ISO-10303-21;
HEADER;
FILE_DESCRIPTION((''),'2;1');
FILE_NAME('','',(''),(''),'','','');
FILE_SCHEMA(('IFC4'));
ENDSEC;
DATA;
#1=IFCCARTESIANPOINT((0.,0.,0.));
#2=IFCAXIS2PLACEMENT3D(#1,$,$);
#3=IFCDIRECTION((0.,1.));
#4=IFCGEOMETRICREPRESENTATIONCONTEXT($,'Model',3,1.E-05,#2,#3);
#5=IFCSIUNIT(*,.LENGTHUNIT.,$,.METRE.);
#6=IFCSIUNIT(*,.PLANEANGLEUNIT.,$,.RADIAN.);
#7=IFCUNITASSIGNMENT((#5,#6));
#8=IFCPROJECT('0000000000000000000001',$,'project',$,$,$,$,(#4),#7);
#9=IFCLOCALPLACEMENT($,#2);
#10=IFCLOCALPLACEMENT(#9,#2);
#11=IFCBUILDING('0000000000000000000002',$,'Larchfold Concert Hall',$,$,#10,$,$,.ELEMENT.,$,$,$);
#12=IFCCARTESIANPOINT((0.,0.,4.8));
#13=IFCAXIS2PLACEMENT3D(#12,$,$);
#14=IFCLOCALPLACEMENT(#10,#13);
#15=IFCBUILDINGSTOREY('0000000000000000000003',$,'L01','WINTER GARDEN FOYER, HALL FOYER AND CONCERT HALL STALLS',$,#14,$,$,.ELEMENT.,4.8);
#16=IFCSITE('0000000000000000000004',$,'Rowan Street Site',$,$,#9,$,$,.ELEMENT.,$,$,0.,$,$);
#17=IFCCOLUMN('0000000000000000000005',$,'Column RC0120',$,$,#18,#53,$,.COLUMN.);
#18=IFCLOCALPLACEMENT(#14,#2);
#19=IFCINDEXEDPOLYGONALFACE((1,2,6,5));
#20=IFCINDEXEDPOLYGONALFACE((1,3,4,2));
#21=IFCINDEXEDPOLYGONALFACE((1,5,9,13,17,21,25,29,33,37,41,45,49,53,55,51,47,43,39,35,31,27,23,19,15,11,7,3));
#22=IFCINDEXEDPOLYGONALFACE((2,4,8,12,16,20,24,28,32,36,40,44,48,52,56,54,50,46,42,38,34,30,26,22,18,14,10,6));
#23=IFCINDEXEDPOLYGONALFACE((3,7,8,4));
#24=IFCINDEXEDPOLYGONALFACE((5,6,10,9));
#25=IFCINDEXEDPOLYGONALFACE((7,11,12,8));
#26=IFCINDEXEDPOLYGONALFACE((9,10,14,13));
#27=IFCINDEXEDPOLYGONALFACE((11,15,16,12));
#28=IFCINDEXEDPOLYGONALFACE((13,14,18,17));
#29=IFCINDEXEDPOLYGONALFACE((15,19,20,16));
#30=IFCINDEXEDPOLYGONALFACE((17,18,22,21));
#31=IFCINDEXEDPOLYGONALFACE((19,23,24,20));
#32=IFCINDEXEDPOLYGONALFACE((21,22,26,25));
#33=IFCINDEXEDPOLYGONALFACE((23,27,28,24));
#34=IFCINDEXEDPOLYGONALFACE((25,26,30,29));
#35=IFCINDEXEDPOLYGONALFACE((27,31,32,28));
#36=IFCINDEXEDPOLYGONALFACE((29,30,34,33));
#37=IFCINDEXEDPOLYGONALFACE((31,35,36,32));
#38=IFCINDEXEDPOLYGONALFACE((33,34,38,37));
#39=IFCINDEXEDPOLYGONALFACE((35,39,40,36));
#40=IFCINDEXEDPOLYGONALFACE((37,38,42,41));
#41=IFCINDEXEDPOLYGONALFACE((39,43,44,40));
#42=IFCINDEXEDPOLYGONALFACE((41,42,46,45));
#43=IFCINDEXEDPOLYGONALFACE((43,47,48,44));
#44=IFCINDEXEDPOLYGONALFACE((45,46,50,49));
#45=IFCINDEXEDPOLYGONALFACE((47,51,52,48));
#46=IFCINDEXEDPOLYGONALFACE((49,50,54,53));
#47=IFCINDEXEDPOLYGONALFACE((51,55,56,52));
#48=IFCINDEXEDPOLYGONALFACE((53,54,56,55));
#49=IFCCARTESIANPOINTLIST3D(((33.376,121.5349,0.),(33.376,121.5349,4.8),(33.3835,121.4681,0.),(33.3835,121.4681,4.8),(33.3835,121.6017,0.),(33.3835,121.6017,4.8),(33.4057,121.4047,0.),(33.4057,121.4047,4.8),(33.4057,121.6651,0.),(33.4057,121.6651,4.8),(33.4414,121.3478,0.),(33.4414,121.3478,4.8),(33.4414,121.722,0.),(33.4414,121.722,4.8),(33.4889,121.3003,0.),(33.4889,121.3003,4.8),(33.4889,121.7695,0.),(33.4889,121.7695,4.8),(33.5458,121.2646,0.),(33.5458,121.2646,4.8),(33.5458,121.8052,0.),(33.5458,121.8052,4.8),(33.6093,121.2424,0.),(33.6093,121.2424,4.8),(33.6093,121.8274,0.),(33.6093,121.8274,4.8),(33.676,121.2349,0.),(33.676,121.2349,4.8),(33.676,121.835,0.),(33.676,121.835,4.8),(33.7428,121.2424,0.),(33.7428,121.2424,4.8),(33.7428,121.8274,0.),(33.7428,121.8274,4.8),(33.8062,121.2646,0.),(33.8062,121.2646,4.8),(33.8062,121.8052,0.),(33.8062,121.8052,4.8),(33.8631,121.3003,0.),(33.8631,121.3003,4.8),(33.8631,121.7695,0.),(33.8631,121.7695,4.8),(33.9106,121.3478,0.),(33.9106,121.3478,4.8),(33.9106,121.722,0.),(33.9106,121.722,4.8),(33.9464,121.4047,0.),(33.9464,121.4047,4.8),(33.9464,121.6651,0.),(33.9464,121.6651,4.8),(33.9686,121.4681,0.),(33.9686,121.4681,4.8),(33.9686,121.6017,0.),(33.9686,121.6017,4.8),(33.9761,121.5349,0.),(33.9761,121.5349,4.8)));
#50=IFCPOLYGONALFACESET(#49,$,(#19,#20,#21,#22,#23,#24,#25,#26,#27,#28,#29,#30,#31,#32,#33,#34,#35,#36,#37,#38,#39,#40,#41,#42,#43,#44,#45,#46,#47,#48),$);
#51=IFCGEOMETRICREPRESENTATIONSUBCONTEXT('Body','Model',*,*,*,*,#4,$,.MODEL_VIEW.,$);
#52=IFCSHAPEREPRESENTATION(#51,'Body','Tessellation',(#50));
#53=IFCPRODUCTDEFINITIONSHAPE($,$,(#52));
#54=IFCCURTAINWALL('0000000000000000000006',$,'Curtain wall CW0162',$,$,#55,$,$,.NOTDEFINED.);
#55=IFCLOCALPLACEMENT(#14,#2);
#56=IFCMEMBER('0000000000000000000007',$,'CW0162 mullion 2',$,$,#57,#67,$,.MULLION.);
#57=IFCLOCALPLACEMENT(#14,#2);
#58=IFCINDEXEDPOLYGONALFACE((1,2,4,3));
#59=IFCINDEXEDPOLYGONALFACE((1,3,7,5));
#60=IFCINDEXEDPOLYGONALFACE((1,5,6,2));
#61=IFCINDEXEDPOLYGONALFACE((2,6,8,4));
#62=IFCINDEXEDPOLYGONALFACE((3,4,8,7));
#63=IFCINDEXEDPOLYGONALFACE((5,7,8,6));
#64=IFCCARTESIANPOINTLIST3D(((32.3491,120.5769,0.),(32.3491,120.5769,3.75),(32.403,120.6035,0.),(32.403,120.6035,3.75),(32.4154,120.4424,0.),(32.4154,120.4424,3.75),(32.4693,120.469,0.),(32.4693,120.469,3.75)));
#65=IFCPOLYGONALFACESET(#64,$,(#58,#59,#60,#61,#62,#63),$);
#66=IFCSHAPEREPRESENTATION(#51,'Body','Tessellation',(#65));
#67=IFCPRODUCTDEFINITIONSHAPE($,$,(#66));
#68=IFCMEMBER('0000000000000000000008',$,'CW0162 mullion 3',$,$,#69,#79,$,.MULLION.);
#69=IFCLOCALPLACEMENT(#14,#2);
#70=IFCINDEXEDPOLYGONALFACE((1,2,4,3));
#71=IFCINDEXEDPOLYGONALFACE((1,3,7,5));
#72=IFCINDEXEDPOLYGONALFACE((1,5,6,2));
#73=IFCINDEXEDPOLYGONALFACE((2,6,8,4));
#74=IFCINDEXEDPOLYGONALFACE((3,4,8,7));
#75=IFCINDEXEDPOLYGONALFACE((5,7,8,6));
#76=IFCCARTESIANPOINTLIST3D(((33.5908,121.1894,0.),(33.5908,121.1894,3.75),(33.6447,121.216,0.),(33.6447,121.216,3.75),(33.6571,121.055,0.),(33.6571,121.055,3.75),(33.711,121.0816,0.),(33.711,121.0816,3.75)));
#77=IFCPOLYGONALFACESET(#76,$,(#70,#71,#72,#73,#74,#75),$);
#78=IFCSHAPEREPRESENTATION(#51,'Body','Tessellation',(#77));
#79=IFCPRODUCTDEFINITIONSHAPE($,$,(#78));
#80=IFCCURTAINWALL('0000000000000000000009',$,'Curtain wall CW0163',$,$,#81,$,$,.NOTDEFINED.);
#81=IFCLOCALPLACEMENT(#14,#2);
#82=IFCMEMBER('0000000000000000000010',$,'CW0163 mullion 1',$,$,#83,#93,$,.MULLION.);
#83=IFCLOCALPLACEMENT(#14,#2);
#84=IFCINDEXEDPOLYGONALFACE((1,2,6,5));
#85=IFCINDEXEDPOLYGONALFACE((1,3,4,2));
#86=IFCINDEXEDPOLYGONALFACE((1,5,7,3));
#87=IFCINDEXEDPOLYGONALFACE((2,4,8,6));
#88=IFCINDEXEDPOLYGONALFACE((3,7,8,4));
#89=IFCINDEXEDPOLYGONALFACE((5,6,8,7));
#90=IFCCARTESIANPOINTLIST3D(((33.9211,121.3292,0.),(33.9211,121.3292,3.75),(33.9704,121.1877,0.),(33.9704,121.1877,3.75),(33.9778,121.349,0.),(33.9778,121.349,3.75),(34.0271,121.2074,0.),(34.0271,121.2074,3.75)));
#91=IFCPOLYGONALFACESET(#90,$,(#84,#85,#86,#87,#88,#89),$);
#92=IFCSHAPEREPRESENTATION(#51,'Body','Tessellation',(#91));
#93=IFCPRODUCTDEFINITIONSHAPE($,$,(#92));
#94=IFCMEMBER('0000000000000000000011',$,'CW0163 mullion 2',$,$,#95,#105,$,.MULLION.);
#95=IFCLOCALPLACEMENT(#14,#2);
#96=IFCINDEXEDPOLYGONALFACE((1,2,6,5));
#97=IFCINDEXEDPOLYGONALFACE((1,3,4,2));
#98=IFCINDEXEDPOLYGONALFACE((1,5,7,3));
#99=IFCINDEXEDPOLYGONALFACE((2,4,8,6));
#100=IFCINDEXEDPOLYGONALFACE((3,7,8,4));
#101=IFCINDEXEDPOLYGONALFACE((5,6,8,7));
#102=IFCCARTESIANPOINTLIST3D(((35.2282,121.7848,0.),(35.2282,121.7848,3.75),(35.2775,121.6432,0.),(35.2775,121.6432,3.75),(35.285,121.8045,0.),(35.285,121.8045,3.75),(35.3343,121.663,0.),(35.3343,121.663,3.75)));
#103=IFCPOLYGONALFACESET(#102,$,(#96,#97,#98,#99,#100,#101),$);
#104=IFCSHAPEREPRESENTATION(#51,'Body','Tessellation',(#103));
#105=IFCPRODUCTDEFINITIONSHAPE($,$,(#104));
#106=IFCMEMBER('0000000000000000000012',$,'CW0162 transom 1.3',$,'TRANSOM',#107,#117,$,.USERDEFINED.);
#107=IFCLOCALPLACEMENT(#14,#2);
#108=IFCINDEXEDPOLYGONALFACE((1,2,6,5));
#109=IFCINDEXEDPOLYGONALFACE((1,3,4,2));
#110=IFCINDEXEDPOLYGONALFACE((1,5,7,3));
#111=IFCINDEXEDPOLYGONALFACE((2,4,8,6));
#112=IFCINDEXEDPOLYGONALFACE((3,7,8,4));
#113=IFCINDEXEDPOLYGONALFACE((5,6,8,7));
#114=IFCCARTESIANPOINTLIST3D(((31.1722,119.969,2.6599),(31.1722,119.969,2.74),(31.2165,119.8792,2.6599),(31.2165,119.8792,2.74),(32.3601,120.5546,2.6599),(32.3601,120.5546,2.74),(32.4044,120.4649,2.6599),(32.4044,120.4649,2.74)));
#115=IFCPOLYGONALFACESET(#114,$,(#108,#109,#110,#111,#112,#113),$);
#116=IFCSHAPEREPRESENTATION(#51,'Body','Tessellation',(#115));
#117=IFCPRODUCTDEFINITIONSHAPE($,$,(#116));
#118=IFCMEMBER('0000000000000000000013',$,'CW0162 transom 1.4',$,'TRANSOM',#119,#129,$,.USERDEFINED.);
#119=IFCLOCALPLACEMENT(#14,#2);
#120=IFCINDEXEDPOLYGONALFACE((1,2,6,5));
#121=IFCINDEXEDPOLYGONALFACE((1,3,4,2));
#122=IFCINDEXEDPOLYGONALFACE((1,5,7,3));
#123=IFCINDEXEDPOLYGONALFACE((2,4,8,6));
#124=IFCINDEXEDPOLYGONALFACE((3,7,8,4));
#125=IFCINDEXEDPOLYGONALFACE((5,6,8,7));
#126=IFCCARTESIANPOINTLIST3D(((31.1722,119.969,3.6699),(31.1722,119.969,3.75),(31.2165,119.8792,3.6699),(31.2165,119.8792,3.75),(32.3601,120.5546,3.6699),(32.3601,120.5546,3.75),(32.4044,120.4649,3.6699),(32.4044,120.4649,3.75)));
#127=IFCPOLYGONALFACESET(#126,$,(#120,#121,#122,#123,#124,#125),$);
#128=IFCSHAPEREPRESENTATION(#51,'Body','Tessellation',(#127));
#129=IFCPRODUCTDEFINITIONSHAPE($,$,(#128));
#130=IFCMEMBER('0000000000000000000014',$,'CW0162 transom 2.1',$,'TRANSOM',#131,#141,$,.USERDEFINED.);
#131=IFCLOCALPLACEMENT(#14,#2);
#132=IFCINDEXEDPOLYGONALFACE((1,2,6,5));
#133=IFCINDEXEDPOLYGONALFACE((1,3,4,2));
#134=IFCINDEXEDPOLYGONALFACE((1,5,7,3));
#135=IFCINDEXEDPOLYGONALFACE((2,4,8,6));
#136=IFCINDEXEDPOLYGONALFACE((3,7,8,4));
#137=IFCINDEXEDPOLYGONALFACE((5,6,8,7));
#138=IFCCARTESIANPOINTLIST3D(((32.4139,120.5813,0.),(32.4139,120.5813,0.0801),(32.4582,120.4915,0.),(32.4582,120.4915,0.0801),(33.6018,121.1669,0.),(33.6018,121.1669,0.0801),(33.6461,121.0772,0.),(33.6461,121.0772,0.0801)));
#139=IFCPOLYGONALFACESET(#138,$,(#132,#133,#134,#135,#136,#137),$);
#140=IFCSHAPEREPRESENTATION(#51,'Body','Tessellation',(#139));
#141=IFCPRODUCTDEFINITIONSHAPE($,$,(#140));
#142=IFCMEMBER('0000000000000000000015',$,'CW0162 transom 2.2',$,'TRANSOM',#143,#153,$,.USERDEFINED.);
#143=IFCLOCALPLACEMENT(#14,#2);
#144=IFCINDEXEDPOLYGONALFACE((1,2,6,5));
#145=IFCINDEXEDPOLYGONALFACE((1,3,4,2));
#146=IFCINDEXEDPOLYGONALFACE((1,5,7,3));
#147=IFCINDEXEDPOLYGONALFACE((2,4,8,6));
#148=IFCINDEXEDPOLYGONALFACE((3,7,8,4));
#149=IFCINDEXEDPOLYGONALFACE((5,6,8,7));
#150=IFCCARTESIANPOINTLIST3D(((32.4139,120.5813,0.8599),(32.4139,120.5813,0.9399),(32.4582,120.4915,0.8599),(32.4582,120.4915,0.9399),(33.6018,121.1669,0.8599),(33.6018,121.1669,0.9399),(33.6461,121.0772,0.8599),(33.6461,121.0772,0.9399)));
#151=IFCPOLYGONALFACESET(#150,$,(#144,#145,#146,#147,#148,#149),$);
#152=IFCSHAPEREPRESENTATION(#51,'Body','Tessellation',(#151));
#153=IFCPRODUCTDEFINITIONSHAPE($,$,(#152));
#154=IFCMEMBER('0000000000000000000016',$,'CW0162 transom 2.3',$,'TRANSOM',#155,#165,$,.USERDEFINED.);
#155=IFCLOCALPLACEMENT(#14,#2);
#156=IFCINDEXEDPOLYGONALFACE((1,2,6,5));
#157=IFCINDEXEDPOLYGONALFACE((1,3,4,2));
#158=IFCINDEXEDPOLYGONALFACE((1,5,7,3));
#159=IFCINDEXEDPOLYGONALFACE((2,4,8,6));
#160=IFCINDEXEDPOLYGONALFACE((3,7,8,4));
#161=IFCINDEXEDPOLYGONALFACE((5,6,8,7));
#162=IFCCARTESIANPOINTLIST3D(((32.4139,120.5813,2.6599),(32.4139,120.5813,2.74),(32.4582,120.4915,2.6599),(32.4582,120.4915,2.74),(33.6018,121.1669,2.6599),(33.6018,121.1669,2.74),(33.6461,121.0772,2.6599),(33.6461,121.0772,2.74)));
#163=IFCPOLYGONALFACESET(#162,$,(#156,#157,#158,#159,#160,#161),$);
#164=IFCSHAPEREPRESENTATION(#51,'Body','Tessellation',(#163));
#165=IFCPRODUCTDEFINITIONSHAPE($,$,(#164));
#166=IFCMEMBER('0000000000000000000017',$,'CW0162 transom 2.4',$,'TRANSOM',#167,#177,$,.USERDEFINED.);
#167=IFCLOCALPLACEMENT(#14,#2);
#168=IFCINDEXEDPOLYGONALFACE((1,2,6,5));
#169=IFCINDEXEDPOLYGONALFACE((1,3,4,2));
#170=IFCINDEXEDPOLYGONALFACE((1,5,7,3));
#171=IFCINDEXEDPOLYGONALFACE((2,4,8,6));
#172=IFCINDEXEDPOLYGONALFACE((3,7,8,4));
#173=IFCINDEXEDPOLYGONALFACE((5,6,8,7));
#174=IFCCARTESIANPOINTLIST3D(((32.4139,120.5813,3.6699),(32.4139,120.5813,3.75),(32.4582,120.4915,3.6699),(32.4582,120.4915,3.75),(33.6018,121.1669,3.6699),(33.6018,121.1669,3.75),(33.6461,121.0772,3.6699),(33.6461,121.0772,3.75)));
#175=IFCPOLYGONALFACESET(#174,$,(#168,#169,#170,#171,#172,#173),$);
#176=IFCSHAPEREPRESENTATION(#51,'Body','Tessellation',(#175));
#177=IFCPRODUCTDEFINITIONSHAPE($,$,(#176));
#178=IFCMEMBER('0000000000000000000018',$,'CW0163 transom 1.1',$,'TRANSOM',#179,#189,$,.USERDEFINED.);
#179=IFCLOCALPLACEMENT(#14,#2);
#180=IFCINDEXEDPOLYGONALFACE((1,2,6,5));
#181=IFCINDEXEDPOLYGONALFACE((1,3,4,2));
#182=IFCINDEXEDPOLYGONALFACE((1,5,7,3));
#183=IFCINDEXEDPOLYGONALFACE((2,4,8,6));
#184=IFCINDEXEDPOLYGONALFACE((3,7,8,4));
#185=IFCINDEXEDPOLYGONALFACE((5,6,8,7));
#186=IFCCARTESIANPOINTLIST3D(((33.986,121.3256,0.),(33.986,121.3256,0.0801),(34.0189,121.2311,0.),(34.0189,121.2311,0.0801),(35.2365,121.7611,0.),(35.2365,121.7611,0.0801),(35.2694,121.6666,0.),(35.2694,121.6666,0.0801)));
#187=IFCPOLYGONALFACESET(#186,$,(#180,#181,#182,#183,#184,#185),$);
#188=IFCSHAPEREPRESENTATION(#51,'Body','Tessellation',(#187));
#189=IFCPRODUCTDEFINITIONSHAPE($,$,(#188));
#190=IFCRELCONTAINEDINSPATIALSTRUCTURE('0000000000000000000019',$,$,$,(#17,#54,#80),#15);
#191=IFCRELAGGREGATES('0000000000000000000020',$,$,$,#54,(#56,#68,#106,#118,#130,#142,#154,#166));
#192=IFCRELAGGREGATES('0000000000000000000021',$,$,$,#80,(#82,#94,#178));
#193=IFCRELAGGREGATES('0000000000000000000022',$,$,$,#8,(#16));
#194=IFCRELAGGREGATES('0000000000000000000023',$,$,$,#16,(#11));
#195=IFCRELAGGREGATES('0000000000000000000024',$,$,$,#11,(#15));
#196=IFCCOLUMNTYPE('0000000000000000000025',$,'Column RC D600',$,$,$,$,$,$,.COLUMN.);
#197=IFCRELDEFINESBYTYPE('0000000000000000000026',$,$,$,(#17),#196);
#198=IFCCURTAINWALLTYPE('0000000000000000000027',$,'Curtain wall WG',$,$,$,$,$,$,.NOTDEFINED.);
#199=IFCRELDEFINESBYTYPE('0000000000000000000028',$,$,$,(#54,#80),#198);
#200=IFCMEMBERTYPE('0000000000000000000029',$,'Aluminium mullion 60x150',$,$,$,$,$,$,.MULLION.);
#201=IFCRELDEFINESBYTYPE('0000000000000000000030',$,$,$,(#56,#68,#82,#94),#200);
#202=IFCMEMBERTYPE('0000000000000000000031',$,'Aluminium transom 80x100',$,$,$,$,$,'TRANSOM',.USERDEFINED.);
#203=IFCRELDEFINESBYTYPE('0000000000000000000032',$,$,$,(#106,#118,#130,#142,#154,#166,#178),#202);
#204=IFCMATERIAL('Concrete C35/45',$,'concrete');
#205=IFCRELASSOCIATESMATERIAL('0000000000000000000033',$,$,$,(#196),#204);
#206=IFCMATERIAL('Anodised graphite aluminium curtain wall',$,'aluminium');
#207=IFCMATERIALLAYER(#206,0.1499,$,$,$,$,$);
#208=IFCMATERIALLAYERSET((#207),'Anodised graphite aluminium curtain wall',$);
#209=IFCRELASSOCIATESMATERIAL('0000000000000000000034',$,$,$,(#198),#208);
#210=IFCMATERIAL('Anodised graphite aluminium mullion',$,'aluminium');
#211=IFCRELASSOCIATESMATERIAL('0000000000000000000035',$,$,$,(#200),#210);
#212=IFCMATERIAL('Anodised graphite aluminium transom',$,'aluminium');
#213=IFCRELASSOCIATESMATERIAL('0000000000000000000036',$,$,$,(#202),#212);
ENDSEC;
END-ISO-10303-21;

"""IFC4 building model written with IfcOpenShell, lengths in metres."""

from ifc_helpers import new_model, si_unit, direction, frame, origin, origin_2d, place, context, subcontext, project, spatial, rectangle, circle, extrude, material, layer, layer_set, material_profile, profile_set, type_object, element, aggregate, save


model = new_model("IFC4")

# Units and contexts
model_context = context("Model", 3, precision=1e-05, world=origin(), true_north=direction((0.0, 1.0)))
body_context = subcontext(model_context, "Body", "Model", "MODEL_VIEW")
ifc_project = project(units=[si_unit("LENGTHUNIT", "METRE"), si_unit("PLANEANGLEUNIT", "RADIAN")], contexts=[model_context])

# Site, building, storey
site_placement = place(None, origin())
site = spatial("IfcSite", under=ifc_project, at=site_placement, Name="Rowan Street Site", CompositionType="ELEMENT", RefElevation=0.0)
building_placement = place(site_placement, origin())
building = spatial("IfcBuilding", under=site, at=building_placement, Name="Larchfold Concert Hall", CompositionType="ELEMENT")
storey_placement = place(building_placement, frame((0.0, 0.0, 4.8)))
storey = spatial("IfcBuildingStorey", under=building, at=storey_placement, Name="L01", Description="WINTER GARDEN FOYER, HALL FOYER AND CONCERT HALL STALLS", CompositionType="ELEMENT", Elevation=4.8)

# Column
ifc_material_1 = material(Name="Concrete C35/45", Category="concrete")
ifc_material_profile_1 = material_profile(ifc_material_1, circle(Radius=0.3, at=origin_2d()))
ifc_profile_set_1 = profile_set([ifc_material_profile_1], Name="Concrete C35/45")
column_type = type_object("IfcColumnType", Name="Column RC D600", PredefinedType="COLUMN", material=ifc_profile_set_1)
column_placement = place(storey_placement, frame((33.676, 121.5349, 0.0), z_axis=(0.0, 0.0, 1.0), x_axis=(1.0, 0.0, 0.0)))
element("IfcColumn", 1, at=column_placement, inside=storey, type_object=column_type, Name="Column RC0120", PredefinedType="COLUMN", context=body_context, shape_type="SweptSolid", body=[
    extrude(circle(Radius=0.3, at=origin_2d()), origin(), (0.0, 0.0, 1.0), 4.8),
])

# Curtain walls, members
ifc_material_2 = material(Name="Anodised graphite aluminium curtain wall", Category="aluminium")
ifc_layer_1 = layer(ifc_material_2, 0.1499)
ifc_layer_set_1 = layer_set([ifc_layer_1], Name="Anodised graphite aluminium curtain wall")
curtain_wall_type = type_object("IfcCurtainWallType", Name="Curtain wall WG", PredefinedType="NOTDEFINED", material=ifc_layer_set_1)
curtain_wall_1_placement = place(storey_placement, origin())
curtain_wall_1 = element("IfcCurtainWall", 2, at=curtain_wall_1_placement, inside=storey, type_object=curtain_wall_type, Name="Curtain wall CW0162", PredefinedType="NOTDEFINED")
ifc_material_3 = material(Name="Anodised graphite aluminium mullion", Category="aluminium")
ifc_material_profile_2 = material_profile(ifc_material_3, rectangle(XDim=0.1499, YDim=0.0601, at=origin_2d()))
ifc_profile_set_2 = profile_set([ifc_material_profile_2], Name="Anodised graphite aluminium mullion")
member_type_1 = type_object("IfcMemberType", Name="Aluminium mullion 60x150", PredefinedType="MULLION", material=ifc_profile_set_2)
member_1_placement = place(storey_placement, frame((32.4092, 120.5229, 0.0), z_axis=(0.0, 0.0, 1.0), x_axis=(-0.442305, 0.896865, 0.0)))
member_1 = element("IfcMember", 3, at=member_1_placement, type_object=member_type_1, Name="CW0162 mullion 2", PredefinedType="MULLION", context=body_context, shape_type="SweptSolid", body=[
    extrude(rectangle(XDim=0.1499, YDim=0.0601, at=origin_2d()), origin(), (0.0, 0.0, 1.0), 3.75),
])
member_2_placement = place(storey_placement, frame((33.6509, 121.1355, 0.0), z_axis=(0.0, 0.0, 1.0), x_axis=(-0.442305, 0.896865, 0.0)))
member_2 = element("IfcMember", 4, at=member_2_placement, type_object=member_type_1, Name="CW0162 mullion 3", PredefinedType="MULLION", context=body_context, shape_type="SweptSolid", body=[
    extrude(rectangle(XDim=0.1499, YDim=0.0601, at=origin_2d()), origin(), (0.0, 0.0, 1.0), 3.75),
])
curtain_wall_2_placement = place(storey_placement, origin())
curtain_wall_2 = element("IfcCurtainWall", 5, at=curtain_wall_2_placement, inside=storey, type_object=curtain_wall_type, Name="Curtain wall CW0163", PredefinedType="NOTDEFINED")
member_3_placement = place(storey_placement, frame((33.9741, 121.2683, 0.0), z_axis=(0.0, 0.0, 1.0), x_axis=(-0.328966, 0.944342, 0.0)))
member_3 = element("IfcMember", 6, at=member_3_placement, type_object=member_type_1, Name="CW0163 mullion 1", PredefinedType="MULLION", context=body_context, shape_type="SweptSolid", body=[
    extrude(rectangle(XDim=0.1499, YDim=0.0601, at=origin_2d()), origin(), (0.0, 0.0, 1.0), 3.75),
])
member_4_placement = place(storey_placement, frame((35.2812, 121.7239, 0.0), z_axis=(0.0, 0.0, 1.0), x_axis=(-0.328966, 0.944342, 0.0)))
member_4 = element("IfcMember", 7, at=member_4_placement, type_object=member_type_1, Name="CW0163 mullion 2", PredefinedType="MULLION", context=body_context, shape_type="SweptSolid", body=[
    extrude(rectangle(XDim=0.1499, YDim=0.0601, at=origin_2d()), origin(), (0.0, 0.0, 1.0), 3.75),
])

# Members
ifc_material_4 = material(Name="Anodised graphite aluminium transom", Category="aluminium")
ifc_material_profile_3 = material_profile(ifc_material_4, rectangle(XDim=0.1001, YDim=0.0801, at=origin_2d()))
ifc_profile_set_3 = profile_set([ifc_material_profile_3], Name="Anodised graphite aluminium transom")
member_type_2 = type_object("IfcMemberType", Name="Aluminium transom 80x100", ElementType="TRANSOM", PredefinedType="USERDEFINED", material=ifc_profile_set_3)
member_5_placement = place(storey_placement, frame((31.1943, 119.9241, 2.7), z_axis=(0.89692, 0.442193, 0.0), x_axis=(-0.442193, 0.89692, 0.0)))
member_5 = element("IfcMember", 8, at=member_5_placement, type_object=member_type_2, Name="CW0162 transom 1.3", ObjectType="TRANSOM", PredefinedType="USERDEFINED", context=body_context, shape_type="SweptSolid", body=[
    extrude(rectangle(XDim=0.1001, YDim=0.0801, at=origin_2d()), origin(), (0.0, 0.0, 1.0), 1.3245),
])
member_6_placement = place(storey_placement, frame((31.1943, 119.9241, 3.71), z_axis=(0.89692, 0.442193, 0.0), x_axis=(-0.442193, 0.89692, 0.0)))
member_6 = element("IfcMember", 9, at=member_6_placement, type_object=member_type_2, Name="CW0162 transom 1.4", ObjectType="TRANSOM", PredefinedType="USERDEFINED", context=body_context, shape_type="SweptSolid", body=[
    extrude(rectangle(XDim=0.1001, YDim=0.0801, at=origin_2d()), origin(), (0.0, 0.0, 1.0), 1.3245),
])
member_7_placement = place(storey_placement, frame((32.436, 120.5364, 0.04), z_axis=(0.89692, 0.442193, 0.0), x_axis=(-0.442193, 0.89692, 0.0)))
member_7 = element("IfcMember", 10, at=member_7_placement, type_object=member_type_2, Name="CW0162 transom 2.1", ObjectType="TRANSOM", PredefinedType="USERDEFINED", context=body_context, shape_type="SweptSolid", body=[
    extrude(rectangle(XDim=0.1001, YDim=0.0801, at=origin_2d()), origin(), (0.0, 0.0, 1.0), 1.3245),
])
member_8_placement = place(storey_placement, frame((32.436, 120.5364, 0.8999), z_axis=(0.89692, 0.442193, 0.0), x_axis=(-0.442193, 0.89692, 0.0)))
member_8 = element("IfcMember", 11, at=member_8_placement, type_object=member_type_2, Name="CW0162 transom 2.2", ObjectType="TRANSOM", PredefinedType="USERDEFINED", context=body_context, shape_type="SweptSolid", body=[
    extrude(rectangle(XDim=0.1001, YDim=0.0801, at=origin_2d()), origin(), (0.0, 0.0, 1.0), 1.3245),
])
member_9_placement = place(storey_placement, frame((32.436, 120.5364, 2.7), z_axis=(0.89692, 0.442193, 0.0), x_axis=(-0.442193, 0.89692, 0.0)))
member_9 = element("IfcMember", 12, at=member_9_placement, type_object=member_type_2, Name="CW0162 transom 2.3", ObjectType="TRANSOM", PredefinedType="USERDEFINED", context=body_context, shape_type="SweptSolid", body=[
    extrude(rectangle(XDim=0.1001, YDim=0.0801, at=origin_2d()), origin(), (0.0, 0.0, 1.0), 1.3245),
])
member_10_placement = place(storey_placement, frame((32.436, 120.5364, 3.71), z_axis=(0.89692, 0.442193, 0.0), x_axis=(-0.442193, 0.89692, 0.0)))
member_10 = element("IfcMember", 13, at=member_10_placement, type_object=member_type_2, Name="CW0162 transom 2.4", ObjectType="TRANSOM", PredefinedType="USERDEFINED", context=body_context, shape_type="SweptSolid", body=[
    extrude(rectangle(XDim=0.1001, YDim=0.0801, at=origin_2d()), origin(), (0.0, 0.0, 1.0), 1.3245),
])
member_11_placement = place(storey_placement, frame((34.0024, 121.2783, 0.04), z_axis=(0.944357, 0.328921, 0.0), x_axis=(-0.328921, 0.944357, 0.0)))
member_11 = element("IfcMember", 14, at=member_11_placement, type_object=member_type_2, Name="CW0163 transom 1.1", ObjectType="TRANSOM", PredefinedType="USERDEFINED", context=body_context, shape_type="SweptSolid", body=[
    extrude(rectangle(XDim=0.1001, YDim=0.0801, at=origin_2d()), origin(), (0.0, 0.0, 1.0), 1.3242),
])

aggregate(curtain_wall_1, [member_1, member_2, member_5, member_6, member_7, member_8, member_9, member_10])
aggregate(curtain_wall_2, [member_3, member_4, member_11])

save(model, "model.ifc")
